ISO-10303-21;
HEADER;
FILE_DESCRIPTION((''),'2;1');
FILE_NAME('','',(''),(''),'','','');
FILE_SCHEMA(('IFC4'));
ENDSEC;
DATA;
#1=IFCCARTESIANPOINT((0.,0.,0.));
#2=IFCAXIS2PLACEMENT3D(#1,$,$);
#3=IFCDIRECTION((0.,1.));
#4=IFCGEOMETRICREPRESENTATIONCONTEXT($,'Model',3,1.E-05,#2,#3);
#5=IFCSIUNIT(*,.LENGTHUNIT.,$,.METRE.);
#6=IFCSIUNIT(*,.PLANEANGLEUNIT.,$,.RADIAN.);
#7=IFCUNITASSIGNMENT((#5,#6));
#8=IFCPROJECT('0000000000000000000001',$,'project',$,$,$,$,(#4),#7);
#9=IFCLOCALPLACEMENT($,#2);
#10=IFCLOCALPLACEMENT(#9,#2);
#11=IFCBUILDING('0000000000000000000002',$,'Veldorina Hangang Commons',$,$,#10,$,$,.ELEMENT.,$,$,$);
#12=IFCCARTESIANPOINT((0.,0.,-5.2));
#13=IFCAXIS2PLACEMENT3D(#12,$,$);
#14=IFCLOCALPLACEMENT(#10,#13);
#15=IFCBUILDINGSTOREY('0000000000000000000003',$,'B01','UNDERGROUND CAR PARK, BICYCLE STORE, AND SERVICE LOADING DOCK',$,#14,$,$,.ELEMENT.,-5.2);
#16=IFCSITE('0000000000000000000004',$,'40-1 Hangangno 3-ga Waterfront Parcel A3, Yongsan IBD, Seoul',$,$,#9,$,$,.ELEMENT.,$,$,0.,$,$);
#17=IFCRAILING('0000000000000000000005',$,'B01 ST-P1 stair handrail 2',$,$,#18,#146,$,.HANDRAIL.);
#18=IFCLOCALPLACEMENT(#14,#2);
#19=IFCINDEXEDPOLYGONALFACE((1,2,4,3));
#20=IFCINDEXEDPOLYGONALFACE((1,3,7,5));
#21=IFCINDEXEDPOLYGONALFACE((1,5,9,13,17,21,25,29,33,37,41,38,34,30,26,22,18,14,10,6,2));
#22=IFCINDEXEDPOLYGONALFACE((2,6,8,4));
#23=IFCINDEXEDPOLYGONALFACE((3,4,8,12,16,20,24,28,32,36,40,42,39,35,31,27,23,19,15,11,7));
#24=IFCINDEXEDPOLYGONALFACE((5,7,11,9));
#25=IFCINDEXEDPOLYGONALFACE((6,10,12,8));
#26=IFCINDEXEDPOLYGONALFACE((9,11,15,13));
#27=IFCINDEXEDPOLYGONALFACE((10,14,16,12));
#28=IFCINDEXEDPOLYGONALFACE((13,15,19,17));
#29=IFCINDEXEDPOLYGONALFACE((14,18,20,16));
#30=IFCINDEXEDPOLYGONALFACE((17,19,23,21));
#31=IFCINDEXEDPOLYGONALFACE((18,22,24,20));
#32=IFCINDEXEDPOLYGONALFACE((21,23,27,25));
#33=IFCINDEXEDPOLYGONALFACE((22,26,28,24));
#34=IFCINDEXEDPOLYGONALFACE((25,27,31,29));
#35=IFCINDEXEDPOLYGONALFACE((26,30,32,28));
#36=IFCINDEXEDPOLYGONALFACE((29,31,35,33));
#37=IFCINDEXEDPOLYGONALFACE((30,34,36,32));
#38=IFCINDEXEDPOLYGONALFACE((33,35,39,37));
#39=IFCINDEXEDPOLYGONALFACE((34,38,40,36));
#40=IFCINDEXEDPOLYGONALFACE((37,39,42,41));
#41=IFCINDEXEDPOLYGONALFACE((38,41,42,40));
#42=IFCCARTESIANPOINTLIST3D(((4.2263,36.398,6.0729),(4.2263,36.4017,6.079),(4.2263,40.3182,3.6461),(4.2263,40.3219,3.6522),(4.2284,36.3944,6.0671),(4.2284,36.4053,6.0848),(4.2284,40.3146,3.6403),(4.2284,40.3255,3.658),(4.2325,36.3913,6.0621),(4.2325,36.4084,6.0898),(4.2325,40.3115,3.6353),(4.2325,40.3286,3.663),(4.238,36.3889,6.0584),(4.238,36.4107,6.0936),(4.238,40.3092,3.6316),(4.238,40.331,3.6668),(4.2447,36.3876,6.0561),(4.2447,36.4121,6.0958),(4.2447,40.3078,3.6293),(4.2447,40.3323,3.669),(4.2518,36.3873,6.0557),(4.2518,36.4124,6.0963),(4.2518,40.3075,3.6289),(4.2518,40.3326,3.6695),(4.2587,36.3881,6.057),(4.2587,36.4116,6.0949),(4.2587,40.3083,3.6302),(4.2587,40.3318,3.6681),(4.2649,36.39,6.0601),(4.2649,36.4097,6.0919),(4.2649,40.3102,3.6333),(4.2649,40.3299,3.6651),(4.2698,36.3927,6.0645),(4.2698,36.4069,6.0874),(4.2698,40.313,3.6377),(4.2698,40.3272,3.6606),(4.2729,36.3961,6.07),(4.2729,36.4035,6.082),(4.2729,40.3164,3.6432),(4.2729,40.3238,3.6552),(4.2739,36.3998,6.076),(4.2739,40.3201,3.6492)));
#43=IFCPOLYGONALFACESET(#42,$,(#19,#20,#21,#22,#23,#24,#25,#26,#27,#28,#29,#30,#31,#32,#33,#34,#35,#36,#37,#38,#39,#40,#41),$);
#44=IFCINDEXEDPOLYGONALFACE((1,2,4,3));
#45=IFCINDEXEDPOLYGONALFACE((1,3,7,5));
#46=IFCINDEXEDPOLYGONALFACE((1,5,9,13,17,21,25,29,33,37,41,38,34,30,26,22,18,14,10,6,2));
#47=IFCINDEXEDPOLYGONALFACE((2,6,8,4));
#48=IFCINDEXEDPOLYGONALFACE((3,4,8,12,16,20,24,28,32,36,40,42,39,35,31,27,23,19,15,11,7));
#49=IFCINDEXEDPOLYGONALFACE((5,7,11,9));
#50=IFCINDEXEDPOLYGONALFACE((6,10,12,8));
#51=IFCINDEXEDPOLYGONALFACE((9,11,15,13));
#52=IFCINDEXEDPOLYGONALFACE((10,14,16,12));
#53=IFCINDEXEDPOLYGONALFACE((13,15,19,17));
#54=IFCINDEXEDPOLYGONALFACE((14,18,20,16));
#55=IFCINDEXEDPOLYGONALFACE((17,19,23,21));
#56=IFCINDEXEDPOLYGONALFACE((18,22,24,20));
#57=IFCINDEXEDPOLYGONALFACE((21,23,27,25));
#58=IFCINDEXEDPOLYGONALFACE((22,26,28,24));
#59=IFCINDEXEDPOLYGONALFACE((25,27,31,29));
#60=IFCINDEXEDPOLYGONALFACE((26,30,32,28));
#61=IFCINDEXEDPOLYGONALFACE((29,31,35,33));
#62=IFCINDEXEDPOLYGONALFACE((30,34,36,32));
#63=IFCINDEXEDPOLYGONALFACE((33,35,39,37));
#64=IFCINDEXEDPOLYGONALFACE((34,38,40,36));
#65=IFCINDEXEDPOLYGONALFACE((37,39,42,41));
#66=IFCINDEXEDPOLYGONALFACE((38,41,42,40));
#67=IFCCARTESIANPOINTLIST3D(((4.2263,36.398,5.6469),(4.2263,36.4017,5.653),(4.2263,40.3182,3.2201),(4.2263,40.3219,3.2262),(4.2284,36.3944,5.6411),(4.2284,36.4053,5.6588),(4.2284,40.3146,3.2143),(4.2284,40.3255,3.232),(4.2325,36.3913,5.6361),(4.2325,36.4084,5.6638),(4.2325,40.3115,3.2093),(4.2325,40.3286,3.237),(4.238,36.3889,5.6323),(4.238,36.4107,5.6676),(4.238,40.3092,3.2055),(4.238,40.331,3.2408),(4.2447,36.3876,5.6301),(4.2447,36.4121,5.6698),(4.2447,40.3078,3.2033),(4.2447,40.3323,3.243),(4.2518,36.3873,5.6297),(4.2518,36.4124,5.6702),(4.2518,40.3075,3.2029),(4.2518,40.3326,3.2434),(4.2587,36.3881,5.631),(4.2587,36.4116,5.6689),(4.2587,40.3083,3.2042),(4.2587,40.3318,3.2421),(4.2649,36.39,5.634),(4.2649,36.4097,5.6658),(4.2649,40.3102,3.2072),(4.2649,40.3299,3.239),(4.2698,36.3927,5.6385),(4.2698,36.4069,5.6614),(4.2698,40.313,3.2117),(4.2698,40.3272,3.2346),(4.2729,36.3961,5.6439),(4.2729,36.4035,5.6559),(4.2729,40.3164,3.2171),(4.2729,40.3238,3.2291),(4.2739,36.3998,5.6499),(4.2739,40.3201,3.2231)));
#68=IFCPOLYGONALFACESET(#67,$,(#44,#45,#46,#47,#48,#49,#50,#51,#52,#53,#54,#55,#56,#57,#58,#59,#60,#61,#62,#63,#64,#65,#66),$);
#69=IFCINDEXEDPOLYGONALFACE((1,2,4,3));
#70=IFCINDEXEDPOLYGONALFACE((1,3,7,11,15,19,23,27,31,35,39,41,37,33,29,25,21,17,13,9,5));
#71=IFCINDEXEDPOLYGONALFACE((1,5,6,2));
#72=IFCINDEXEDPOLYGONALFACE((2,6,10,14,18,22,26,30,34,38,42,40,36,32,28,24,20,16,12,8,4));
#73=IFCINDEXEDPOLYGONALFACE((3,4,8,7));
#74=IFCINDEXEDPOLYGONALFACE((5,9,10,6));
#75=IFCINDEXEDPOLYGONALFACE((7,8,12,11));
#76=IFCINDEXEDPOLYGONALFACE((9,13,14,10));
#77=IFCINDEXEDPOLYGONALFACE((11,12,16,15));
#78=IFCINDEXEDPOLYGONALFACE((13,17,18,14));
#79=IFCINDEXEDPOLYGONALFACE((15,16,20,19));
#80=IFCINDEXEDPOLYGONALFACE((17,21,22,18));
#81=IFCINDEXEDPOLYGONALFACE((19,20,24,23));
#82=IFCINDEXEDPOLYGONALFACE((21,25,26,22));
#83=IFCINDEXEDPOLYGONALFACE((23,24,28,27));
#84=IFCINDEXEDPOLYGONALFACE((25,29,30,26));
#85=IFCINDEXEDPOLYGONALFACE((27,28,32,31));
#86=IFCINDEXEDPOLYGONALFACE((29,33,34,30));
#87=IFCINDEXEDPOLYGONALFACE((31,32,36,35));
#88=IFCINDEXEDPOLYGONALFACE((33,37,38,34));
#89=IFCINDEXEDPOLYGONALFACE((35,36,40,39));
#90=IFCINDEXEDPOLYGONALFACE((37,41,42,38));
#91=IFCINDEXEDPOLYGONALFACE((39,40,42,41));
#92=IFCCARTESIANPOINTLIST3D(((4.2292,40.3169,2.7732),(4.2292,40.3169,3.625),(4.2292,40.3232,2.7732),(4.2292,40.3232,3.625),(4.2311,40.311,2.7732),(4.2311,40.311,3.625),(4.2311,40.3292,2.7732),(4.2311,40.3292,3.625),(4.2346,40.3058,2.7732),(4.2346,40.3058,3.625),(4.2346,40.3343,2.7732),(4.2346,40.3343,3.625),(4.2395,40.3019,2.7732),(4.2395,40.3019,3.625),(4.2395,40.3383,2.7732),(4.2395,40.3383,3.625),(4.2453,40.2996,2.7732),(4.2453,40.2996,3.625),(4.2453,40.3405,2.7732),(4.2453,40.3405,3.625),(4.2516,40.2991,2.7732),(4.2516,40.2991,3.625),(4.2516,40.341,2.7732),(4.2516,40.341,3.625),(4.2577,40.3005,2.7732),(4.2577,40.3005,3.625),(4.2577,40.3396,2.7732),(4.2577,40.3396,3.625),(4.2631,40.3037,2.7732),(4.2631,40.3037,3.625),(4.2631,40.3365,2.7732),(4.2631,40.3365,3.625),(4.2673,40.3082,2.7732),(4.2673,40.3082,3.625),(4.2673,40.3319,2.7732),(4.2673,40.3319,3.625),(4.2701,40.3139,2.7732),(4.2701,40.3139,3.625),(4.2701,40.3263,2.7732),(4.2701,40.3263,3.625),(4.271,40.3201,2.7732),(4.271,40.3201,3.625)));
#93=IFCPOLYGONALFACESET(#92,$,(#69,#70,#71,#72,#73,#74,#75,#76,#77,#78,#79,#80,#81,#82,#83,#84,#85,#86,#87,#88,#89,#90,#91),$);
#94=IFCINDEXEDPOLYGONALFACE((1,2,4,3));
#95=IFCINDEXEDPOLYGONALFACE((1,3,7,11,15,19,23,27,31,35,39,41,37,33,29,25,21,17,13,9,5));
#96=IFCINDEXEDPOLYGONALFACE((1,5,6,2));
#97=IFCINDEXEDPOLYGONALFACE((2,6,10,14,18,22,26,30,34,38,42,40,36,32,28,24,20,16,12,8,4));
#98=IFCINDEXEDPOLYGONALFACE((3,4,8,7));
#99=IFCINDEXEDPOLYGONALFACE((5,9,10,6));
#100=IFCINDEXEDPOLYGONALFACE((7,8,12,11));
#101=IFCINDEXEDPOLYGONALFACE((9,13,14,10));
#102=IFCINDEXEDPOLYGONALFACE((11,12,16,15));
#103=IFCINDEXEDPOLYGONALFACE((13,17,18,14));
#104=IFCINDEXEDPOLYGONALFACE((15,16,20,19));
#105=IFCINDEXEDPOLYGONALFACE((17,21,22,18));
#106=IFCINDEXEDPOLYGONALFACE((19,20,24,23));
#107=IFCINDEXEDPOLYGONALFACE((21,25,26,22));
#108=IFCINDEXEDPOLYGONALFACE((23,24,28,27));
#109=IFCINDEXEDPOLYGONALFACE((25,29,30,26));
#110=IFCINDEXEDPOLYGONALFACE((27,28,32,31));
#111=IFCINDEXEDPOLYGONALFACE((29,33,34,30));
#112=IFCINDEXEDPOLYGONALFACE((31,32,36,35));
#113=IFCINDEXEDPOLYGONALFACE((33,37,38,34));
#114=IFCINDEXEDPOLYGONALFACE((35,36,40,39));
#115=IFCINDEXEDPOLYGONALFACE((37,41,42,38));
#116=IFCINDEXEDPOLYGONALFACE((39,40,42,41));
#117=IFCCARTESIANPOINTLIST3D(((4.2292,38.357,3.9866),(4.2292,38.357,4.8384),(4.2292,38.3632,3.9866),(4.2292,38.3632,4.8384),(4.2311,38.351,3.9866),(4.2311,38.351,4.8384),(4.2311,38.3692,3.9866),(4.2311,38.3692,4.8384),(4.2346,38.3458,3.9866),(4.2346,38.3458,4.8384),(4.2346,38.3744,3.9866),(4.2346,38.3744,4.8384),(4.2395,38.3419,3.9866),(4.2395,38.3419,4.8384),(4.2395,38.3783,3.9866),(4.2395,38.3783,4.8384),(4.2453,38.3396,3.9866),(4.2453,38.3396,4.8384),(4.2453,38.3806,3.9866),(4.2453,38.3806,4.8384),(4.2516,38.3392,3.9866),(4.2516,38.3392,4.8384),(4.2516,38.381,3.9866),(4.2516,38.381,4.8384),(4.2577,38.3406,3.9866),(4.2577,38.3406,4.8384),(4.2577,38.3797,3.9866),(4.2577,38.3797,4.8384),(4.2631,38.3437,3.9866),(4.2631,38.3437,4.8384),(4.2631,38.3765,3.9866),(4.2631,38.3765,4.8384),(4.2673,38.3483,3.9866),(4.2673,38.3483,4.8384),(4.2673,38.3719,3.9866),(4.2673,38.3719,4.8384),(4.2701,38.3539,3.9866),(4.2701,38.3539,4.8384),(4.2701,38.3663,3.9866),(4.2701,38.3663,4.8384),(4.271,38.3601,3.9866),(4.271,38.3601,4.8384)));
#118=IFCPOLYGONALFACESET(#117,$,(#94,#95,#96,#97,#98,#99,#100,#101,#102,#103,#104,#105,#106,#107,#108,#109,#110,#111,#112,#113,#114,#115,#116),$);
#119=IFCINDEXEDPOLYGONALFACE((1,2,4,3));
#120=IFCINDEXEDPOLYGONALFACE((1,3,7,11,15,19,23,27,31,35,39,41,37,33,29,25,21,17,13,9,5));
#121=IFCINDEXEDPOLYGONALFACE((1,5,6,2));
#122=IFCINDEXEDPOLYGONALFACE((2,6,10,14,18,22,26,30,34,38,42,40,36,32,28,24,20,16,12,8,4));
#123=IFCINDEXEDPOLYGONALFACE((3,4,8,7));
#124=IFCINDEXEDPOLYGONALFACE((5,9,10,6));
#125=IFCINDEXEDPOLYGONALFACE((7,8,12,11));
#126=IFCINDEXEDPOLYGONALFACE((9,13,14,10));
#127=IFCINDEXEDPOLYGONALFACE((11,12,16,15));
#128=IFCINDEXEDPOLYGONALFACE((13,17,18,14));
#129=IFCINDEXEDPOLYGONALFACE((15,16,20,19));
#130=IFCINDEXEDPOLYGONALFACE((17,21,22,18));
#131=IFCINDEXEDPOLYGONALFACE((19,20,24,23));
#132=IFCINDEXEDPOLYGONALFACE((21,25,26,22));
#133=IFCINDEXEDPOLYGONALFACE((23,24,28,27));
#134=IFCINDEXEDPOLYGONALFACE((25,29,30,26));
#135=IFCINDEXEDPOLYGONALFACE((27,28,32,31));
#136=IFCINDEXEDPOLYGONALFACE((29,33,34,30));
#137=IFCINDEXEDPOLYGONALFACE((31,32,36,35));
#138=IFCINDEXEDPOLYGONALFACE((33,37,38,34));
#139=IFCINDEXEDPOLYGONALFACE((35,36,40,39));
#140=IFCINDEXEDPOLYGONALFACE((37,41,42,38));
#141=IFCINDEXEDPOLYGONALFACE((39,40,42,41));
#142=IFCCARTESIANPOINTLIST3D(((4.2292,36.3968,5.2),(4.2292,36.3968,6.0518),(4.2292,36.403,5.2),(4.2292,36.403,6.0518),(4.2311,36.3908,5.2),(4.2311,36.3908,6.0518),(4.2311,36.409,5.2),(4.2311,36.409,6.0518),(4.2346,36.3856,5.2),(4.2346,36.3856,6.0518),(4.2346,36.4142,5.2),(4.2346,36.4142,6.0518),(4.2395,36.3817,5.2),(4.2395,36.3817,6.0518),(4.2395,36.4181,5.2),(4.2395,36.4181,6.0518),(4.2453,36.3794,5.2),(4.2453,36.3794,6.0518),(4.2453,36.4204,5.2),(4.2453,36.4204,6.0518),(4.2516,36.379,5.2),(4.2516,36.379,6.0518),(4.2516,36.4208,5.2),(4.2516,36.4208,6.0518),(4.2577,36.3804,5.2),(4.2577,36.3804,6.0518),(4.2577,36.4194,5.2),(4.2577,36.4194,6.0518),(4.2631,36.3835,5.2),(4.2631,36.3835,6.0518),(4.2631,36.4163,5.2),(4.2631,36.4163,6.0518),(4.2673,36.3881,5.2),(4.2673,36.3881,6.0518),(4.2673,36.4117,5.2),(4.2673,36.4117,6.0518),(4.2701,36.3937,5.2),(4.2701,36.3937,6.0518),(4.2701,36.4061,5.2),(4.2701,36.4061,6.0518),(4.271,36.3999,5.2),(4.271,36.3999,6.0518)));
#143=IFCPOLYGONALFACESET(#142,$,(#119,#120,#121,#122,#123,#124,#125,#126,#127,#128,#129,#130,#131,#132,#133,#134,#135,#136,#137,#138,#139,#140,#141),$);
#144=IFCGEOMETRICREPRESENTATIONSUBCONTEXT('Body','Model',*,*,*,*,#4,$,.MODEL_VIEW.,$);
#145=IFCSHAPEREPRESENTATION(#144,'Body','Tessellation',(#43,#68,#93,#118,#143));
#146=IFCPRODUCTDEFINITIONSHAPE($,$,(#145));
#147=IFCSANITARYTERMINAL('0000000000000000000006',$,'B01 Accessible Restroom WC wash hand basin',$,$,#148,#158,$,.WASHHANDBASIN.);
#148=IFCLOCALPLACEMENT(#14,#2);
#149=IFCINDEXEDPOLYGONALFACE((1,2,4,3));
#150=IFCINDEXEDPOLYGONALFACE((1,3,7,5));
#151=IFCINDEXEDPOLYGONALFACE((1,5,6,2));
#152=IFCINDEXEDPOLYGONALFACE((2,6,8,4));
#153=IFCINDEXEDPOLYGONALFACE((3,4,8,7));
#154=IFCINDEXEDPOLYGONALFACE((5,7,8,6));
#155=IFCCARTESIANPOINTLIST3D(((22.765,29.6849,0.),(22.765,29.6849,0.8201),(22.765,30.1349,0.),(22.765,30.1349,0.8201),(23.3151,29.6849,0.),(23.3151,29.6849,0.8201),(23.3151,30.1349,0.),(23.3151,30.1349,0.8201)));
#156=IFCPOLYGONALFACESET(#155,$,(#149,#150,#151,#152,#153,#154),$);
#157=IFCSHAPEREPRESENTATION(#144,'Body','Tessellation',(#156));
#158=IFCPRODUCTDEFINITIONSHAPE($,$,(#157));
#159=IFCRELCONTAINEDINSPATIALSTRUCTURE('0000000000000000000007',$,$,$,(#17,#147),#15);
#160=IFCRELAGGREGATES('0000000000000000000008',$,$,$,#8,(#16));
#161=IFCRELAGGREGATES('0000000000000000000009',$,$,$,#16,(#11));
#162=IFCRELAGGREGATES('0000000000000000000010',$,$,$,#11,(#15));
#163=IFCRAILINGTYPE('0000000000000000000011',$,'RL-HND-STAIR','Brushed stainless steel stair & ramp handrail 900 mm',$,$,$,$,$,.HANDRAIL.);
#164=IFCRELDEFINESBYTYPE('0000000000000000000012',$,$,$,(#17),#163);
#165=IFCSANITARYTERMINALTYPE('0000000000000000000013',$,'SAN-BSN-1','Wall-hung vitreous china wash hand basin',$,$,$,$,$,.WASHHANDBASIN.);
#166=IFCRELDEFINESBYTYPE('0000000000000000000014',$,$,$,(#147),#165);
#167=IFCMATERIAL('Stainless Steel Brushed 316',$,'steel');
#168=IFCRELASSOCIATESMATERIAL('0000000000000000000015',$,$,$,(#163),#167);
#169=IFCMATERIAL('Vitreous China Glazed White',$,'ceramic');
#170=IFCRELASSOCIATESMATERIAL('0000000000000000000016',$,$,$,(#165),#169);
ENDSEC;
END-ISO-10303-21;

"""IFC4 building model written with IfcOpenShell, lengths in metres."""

from ifc_helpers import new_model, si_unit, direction, frame, origin, origin_2d, place, context, subcontext, project, spatial, rectangle, circle, extrude, material, type_object, element, save


model = new_model("IFC4")

# Units and contexts
model_context = context("Model", 3, precision=1e-05, world=origin(), true_north=direction((0.0, 1.0)))
body_context = subcontext(model_context, "Body", "Model", "MODEL_VIEW")
ifc_project = project(units=[si_unit("LENGTHUNIT", "METRE"), si_unit("PLANEANGLEUNIT", "RADIAN")], contexts=[model_context])

# Site, building, storey
site_placement = place(None, origin())
site = spatial("IfcSite", under=ifc_project, at=site_placement, Name="40-1 Hangangno 3-ga Waterfront Parcel A3, Yongsan IBD, Seoul", CompositionType="ELEMENT", RefElevation=0.0)
building_placement = place(site_placement, origin())
building = spatial("IfcBuilding", under=site, at=building_placement, Name="Veldorina Hangang Commons", CompositionType="ELEMENT")
storey_placement = place(building_placement, frame((0.0, 0.0, -5.2)))
storey = spatial("IfcBuildingStorey", under=building, at=storey_placement, Name="B01", Description="UNDERGROUND CAR PARK, BICYCLE STORE, AND SERVICE LOADING DOCK", CompositionType="ELEMENT", Elevation=-5.2)

# Railing
ifc_material_1 = material(Name="Stainless Steel Brushed 316", Category="steel")
railing_type_1 = type_object("IfcRailingType", Name="RL-HND-STAIR", Description="Brushed stainless steel stair & ramp handrail 900 mm", PredefinedType="HANDRAIL", material=ifc_material_1)
railing_1_placement = place(storey_placement, frame((4.25, 40.3201, 2.7732)))
element("IfcRailing", 1, at=railing_1_placement, inside=storey, type_object=railing_type_1, Name="B01 ST-P1 stair handrail 2", PredefinedType="HANDRAIL", context=body_context, shape_type="SweptSolid", body=[
    extrude(circle(Radius=0.0239, at=origin_2d()), frame((0.0, 0.0, 0.876), z_axis=(0.0, -0.850266, 0.526353), x_axis=(1.0, 0.0, 0.0)), (0.0, 0.0, 1.0), 4.6106),
    extrude(circle(Radius=0.0239, at=origin_2d()), frame((0.0, 0.0, 0.45), z_axis=(0.0, -0.850266, 0.526353), x_axis=(1.0, 0.0, 0.0)), (0.0, 0.0, 1.0), 4.6106),
    extrude(circle(Radius=0.021, at=origin_2d()), origin(), (0.0, 0.0, 1.0), 0.8518),
    extrude(circle(Radius=0.021, at=origin_2d()), frame((0.0, -1.96, 1.2134)), (0.0, 0.0, 1.0), 0.8518),
    extrude(circle(Radius=0.021, at=origin_2d()), frame((0.0, -3.9202, 2.4268)), (0.0, 0.0, 1.0), 0.8518),
])

# Sanitary terminal
ifc_material_2 = material(Name="Vitreous China Glazed White", Category="ceramic")
sanitary_terminal_type = type_object("IfcSanitaryTerminalType", Name="SAN-BSN-1", Description="Wall-hung vitreous china wash hand basin", PredefinedType="WASHHANDBASIN", material=ifc_material_2)
sanitary_terminal_placement = place(storey_placement, frame((23.04, 29.9099, 0.0), z_axis=(0.0, 0.0, 1.0), x_axis=(1.0, 0.0, 0.0)))
element("IfcSanitaryTerminal", 2, at=sanitary_terminal_placement, inside=storey, type_object=sanitary_terminal_type, Name="B01 Accessible Restroom WC wash hand basin", PredefinedType="WASHHANDBASIN", context=body_context, shape_type="SweptSolid", body=[
    extrude(rectangle(XDim=0.55, YDim=0.45, at=origin_2d()), origin(), (0.0, 0.0, 1.0), 0.8201),
])

save(model, "model.ifc")
